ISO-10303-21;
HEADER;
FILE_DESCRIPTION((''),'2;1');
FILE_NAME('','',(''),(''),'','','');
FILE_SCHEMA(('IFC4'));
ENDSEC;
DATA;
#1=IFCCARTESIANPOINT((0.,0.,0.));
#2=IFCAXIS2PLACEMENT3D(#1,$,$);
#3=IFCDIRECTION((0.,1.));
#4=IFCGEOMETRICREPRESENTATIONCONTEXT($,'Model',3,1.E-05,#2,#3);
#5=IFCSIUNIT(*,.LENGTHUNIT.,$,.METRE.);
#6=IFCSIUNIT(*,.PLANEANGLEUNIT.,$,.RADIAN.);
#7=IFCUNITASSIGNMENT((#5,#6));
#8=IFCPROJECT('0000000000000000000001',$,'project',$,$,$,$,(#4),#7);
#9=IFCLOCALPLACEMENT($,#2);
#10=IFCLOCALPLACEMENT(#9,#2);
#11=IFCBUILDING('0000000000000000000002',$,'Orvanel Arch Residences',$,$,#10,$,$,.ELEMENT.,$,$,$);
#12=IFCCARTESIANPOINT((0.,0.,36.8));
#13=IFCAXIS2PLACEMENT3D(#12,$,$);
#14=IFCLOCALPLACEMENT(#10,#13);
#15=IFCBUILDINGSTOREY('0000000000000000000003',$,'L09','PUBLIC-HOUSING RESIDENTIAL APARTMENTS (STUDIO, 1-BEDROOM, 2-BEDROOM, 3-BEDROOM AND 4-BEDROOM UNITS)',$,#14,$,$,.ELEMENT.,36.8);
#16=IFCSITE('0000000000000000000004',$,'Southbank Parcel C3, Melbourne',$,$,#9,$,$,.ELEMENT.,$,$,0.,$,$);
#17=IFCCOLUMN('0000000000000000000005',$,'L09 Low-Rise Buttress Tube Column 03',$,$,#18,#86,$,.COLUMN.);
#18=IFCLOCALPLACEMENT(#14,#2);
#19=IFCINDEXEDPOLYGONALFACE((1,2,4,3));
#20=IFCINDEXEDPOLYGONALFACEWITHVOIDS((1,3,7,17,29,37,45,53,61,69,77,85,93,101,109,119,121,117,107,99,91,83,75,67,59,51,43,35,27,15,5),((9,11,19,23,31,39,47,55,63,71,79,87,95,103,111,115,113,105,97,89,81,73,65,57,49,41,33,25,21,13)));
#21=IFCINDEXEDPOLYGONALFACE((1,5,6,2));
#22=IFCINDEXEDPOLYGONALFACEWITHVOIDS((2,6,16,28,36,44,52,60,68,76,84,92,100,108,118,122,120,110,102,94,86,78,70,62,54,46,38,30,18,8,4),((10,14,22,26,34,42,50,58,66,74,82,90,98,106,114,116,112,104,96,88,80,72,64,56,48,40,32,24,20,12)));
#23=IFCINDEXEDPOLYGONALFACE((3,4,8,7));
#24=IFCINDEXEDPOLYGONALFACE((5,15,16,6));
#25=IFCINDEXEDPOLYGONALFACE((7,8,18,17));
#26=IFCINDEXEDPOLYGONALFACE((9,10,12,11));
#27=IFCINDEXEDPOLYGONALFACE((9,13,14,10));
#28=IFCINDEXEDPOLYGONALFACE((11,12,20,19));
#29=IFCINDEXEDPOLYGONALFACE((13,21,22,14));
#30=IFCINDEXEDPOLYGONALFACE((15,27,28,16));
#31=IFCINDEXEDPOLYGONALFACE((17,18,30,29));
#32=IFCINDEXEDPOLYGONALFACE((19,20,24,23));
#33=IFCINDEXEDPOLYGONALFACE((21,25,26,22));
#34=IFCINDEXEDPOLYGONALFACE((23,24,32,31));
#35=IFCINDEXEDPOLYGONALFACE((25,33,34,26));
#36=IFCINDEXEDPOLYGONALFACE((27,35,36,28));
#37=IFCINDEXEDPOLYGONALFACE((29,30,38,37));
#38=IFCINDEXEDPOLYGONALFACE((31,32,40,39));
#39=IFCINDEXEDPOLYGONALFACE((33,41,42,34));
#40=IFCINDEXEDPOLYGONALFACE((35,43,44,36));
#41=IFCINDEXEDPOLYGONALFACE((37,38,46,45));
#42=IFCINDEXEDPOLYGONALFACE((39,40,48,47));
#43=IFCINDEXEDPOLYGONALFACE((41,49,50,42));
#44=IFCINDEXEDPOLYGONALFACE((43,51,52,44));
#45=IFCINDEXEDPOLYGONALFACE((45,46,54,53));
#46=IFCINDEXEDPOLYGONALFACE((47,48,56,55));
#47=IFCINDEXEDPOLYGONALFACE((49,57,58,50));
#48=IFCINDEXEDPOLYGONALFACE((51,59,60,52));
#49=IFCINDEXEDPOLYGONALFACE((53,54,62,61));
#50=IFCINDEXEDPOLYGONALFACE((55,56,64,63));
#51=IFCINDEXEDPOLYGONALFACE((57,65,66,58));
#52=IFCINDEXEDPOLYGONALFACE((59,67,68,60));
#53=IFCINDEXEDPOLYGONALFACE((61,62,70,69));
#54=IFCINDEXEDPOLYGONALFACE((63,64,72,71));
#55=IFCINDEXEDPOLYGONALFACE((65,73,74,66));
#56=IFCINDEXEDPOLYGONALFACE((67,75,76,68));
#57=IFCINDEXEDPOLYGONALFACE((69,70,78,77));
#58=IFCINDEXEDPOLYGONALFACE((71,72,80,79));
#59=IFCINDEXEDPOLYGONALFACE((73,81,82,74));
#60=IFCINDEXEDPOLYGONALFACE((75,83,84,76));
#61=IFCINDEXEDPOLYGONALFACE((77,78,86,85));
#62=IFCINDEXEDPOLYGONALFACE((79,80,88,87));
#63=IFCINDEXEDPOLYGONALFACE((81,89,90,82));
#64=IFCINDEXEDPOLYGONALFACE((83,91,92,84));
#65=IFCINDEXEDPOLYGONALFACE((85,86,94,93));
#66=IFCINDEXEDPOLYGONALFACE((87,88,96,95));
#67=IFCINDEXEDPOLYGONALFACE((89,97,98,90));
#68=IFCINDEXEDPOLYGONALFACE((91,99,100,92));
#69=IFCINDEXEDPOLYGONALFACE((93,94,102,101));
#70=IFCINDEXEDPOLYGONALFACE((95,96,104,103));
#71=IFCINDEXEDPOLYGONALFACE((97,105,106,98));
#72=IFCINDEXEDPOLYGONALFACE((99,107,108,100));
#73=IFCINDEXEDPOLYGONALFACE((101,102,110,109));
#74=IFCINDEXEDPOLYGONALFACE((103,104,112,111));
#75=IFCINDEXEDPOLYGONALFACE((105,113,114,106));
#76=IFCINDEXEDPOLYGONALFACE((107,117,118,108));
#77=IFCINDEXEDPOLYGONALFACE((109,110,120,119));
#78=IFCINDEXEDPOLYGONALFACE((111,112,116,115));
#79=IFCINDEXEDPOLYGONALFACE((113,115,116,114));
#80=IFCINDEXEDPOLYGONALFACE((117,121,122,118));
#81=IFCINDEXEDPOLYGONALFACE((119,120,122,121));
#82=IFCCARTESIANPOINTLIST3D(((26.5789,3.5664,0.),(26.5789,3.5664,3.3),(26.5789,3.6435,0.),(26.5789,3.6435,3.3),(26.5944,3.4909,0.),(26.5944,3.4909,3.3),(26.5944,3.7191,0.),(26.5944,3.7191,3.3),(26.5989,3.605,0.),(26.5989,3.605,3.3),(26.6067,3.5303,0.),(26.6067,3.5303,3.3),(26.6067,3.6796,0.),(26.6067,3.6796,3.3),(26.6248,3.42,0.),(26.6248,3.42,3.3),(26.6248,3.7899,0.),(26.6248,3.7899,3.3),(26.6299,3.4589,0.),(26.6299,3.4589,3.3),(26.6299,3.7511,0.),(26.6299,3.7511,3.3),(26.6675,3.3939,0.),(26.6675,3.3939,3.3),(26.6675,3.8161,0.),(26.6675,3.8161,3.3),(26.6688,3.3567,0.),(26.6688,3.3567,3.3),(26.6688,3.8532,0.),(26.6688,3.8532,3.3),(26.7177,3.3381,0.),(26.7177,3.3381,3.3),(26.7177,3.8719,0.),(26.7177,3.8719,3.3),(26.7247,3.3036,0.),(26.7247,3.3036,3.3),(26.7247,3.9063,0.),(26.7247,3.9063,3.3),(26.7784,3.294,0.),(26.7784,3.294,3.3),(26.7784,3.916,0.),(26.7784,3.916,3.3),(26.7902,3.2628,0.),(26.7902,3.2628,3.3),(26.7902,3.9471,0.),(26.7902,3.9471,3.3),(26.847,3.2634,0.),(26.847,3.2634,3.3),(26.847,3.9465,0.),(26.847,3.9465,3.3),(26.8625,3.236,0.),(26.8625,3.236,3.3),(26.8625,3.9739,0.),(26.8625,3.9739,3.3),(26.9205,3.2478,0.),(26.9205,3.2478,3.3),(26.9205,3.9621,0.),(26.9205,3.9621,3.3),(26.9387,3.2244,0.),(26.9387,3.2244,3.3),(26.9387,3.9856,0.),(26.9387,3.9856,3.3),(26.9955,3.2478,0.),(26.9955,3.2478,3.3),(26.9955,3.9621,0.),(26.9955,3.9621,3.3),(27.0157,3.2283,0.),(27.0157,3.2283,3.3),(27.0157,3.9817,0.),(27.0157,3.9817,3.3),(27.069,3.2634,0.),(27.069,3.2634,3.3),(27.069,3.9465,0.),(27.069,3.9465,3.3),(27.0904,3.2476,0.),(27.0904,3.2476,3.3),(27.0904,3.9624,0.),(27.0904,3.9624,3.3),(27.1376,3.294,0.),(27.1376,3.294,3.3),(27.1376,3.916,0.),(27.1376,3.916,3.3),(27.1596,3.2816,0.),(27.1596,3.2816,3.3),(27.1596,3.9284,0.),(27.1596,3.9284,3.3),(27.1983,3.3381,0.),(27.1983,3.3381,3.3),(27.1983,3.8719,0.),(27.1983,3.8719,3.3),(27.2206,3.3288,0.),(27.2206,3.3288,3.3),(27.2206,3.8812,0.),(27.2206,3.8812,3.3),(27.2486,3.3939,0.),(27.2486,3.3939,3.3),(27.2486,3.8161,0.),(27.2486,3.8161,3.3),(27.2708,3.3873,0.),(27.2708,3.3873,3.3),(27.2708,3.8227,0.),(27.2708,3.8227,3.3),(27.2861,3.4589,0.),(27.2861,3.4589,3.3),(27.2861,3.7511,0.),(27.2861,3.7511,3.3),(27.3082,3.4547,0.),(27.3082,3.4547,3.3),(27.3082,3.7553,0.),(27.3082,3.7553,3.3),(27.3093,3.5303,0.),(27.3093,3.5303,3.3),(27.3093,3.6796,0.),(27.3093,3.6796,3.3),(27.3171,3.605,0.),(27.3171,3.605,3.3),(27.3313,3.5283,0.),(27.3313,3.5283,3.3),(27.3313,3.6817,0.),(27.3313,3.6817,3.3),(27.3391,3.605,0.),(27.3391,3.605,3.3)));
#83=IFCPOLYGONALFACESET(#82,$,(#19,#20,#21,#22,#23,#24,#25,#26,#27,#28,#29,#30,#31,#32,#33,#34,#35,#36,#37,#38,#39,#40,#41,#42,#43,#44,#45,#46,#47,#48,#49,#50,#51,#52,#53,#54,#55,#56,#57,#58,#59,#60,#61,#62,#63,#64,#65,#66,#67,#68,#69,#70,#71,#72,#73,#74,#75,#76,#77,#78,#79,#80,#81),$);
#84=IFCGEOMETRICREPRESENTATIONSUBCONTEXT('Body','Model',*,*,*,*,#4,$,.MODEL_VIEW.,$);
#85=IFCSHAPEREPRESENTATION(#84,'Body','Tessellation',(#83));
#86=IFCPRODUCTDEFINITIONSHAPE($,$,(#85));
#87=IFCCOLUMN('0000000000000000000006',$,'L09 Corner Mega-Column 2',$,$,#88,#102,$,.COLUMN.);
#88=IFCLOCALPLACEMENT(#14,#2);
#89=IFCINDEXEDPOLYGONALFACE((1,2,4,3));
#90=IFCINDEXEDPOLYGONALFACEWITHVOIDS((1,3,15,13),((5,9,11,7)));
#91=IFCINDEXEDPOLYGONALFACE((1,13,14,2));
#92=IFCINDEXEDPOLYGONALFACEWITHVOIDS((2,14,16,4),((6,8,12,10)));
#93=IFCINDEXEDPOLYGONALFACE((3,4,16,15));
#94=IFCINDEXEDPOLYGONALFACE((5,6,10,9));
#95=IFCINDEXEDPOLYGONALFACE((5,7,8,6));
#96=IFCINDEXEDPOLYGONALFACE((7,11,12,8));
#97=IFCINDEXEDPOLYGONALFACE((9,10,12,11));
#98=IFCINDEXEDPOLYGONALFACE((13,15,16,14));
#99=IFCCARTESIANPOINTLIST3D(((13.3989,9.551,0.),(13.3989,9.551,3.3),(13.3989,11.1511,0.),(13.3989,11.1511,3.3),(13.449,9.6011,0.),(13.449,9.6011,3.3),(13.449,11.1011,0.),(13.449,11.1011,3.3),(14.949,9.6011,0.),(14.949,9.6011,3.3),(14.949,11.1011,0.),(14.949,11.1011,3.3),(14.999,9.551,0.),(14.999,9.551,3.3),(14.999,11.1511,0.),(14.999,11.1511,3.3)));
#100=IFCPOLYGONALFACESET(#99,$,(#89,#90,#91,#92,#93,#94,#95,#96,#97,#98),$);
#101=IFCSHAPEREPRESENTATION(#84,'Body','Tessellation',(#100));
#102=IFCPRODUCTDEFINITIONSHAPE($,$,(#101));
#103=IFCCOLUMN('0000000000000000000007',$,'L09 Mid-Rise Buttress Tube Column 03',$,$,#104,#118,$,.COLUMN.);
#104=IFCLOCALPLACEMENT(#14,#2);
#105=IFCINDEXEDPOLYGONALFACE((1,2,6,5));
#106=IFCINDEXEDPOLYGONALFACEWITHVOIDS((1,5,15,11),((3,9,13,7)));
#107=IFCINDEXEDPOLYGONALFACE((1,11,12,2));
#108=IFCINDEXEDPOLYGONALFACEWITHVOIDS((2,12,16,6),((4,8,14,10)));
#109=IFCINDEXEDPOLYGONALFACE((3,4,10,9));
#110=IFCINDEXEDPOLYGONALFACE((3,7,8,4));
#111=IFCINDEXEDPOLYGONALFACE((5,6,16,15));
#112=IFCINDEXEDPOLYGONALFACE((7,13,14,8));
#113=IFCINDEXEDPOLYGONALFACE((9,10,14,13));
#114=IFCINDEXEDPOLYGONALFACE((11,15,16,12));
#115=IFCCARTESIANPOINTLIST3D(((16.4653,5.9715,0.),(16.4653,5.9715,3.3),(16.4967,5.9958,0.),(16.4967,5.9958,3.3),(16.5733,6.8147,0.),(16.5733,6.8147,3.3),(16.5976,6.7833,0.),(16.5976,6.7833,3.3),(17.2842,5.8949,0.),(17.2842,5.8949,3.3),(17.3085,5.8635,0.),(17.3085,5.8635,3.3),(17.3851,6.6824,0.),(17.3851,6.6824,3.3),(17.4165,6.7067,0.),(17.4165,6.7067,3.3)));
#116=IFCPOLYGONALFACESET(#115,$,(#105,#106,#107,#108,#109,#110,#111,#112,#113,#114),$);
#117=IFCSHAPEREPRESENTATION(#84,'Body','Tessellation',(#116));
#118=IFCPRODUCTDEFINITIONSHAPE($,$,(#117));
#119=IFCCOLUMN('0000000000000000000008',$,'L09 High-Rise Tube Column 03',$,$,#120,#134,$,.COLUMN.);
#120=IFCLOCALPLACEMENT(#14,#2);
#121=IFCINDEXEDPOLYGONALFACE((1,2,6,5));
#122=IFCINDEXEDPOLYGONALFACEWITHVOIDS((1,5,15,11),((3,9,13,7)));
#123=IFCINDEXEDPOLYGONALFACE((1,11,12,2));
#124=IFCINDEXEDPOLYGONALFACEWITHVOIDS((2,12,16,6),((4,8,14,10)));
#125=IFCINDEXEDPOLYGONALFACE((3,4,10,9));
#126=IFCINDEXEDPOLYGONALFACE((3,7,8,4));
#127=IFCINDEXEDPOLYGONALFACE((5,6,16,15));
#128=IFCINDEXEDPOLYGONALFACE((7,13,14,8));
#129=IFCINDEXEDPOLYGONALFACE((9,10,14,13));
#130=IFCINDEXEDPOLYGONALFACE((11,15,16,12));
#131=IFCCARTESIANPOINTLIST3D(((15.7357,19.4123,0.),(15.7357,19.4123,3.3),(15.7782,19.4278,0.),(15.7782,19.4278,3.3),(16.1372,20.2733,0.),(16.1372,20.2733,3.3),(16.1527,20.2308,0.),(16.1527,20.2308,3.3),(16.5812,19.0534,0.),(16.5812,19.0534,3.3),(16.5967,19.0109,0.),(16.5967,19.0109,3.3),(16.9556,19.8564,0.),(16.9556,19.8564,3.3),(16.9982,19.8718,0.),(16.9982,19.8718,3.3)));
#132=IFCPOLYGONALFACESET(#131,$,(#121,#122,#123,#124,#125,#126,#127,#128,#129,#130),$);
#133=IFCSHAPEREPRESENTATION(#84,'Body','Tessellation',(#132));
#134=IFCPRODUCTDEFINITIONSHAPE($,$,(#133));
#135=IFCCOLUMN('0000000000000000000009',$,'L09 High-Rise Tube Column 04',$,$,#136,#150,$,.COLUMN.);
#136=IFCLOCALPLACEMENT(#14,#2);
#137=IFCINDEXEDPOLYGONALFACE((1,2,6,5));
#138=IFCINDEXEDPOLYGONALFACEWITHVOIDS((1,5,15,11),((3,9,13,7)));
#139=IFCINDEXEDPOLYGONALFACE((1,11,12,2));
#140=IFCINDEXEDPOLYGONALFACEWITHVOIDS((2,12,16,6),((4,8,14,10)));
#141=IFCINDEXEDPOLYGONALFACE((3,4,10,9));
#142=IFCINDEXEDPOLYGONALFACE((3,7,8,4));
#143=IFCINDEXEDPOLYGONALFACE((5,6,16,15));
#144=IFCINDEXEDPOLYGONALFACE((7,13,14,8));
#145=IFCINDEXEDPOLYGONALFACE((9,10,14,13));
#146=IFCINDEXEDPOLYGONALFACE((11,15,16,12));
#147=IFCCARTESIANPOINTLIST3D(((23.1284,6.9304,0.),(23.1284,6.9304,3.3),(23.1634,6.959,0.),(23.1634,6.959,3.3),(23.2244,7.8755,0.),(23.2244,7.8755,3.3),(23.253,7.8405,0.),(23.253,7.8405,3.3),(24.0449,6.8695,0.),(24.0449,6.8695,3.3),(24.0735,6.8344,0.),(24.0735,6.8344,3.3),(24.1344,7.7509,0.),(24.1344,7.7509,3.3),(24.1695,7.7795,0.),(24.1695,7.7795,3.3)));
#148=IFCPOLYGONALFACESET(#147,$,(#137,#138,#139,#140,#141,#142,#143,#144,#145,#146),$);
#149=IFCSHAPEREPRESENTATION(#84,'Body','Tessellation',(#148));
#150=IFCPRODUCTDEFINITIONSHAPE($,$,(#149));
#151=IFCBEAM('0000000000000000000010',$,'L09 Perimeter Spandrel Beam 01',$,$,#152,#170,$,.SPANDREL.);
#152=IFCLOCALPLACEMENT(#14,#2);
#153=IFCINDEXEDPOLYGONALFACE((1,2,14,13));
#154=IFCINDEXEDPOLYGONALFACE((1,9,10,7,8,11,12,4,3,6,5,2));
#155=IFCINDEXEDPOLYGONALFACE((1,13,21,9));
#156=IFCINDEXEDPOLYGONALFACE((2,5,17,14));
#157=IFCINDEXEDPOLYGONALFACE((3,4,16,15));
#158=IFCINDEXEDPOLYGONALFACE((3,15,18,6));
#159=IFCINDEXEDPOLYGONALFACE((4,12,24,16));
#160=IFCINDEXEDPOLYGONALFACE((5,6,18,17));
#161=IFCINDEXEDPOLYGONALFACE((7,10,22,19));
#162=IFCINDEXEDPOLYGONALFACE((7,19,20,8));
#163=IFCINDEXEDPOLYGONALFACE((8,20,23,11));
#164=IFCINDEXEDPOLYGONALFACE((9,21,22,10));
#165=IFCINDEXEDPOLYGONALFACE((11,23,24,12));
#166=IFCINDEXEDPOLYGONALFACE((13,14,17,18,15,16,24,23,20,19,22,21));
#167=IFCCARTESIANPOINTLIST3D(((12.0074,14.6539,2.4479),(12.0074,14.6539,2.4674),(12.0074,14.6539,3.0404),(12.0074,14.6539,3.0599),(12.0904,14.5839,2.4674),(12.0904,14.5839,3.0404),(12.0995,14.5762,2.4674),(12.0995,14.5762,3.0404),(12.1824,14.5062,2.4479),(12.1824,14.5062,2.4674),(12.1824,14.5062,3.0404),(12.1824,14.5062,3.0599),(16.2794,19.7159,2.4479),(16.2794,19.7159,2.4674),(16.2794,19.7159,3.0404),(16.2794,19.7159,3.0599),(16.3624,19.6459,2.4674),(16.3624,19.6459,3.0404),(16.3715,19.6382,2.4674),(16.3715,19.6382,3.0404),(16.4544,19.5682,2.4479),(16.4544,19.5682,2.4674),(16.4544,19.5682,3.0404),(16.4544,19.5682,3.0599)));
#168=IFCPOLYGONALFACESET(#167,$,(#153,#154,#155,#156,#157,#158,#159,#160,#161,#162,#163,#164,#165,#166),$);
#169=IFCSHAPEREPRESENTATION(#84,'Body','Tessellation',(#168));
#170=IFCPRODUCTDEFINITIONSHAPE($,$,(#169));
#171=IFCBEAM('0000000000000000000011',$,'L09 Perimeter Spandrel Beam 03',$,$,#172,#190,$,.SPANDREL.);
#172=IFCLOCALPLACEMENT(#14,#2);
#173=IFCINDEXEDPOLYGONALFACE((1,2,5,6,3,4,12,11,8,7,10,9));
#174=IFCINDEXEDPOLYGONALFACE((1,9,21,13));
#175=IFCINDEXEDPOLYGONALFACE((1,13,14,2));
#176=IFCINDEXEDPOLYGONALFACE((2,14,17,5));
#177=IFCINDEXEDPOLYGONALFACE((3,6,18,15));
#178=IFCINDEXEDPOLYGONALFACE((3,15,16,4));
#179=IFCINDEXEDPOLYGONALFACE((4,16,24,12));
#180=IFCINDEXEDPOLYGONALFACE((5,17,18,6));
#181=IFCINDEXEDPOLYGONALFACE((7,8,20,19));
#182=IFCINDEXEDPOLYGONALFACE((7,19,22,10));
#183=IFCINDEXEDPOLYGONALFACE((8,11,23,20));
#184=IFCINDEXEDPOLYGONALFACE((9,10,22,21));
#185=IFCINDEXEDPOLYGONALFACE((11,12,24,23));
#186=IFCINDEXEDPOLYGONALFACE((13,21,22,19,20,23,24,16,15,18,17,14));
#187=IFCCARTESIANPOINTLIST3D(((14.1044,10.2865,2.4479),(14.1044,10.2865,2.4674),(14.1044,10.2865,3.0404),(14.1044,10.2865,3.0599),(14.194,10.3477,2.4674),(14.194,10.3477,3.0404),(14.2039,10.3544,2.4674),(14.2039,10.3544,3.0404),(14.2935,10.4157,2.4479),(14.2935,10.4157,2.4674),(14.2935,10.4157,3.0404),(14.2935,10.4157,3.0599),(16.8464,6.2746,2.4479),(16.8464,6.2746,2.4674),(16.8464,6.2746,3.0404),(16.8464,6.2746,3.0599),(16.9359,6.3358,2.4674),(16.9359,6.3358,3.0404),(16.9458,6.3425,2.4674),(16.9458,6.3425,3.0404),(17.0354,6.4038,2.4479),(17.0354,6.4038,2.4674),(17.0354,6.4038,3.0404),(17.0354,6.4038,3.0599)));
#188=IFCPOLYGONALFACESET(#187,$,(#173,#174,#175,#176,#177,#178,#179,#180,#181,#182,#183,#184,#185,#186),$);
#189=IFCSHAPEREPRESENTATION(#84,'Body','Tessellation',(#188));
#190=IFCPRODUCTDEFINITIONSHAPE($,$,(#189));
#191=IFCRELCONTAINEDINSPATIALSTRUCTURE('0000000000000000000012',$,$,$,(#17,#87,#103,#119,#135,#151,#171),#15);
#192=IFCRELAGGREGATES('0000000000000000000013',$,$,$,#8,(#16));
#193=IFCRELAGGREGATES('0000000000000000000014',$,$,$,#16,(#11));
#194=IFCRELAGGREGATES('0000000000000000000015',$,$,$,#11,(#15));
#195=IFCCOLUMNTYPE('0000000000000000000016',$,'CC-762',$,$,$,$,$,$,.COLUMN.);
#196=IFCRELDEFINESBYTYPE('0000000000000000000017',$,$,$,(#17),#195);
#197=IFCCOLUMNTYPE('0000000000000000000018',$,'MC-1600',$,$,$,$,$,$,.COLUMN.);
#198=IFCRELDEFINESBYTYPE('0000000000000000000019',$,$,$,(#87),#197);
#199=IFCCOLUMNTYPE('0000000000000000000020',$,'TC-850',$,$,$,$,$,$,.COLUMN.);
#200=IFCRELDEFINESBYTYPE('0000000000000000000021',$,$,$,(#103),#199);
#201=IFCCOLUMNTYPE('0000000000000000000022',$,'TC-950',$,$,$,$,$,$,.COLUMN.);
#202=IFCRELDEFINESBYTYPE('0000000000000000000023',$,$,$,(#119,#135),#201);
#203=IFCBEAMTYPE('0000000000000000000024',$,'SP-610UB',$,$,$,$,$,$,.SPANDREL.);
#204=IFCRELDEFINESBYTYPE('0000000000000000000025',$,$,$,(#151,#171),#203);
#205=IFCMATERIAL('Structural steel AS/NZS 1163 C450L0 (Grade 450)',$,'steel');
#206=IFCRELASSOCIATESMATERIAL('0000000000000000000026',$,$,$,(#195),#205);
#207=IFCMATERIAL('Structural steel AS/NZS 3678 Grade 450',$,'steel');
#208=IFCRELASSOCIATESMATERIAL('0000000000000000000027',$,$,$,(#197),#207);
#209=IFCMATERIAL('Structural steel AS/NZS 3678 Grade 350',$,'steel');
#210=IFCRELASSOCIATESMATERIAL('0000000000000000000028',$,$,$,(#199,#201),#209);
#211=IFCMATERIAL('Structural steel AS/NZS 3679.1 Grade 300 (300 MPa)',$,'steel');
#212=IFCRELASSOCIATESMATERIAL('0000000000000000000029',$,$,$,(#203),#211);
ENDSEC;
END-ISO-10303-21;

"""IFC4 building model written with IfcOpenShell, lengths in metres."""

from ifc_helpers import new_model, si_unit, direction, frame, origin, origin_2d, place, context, subcontext, project, spatial, hollow_rectangle, hollow_circle, i_section, extrude, material, material_profile, profile_set, type_object, element, save


model = new_model("IFC4")

# Units and contexts
model_context = context("Model", 3, precision=1e-05, world=origin(), true_north=direction((0.0, 1.0)))
body_context = subcontext(model_context, "Body", "Model", "MODEL_VIEW")
ifc_project = project(units=[si_unit("LENGTHUNIT", "METRE"), si_unit("PLANEANGLEUNIT", "RADIAN")], contexts=[model_context])

# Site, building, storey
site_placement = place(None, origin())
site = spatial("IfcSite", under=ifc_project, at=site_placement, Name="Southbank Parcel C3, Melbourne", CompositionType="ELEMENT", RefElevation=0.0)
building_placement = place(site_placement, origin())
building = spatial("IfcBuilding", under=site, at=building_placement, Name="Orvanel Arch Residences", CompositionType="ELEMENT")
storey_placement = place(building_placement, frame((0.0, 0.0, 36.8)))
storey = spatial("IfcBuildingStorey", under=building, at=storey_placement, Name="L09", Description="PUBLIC-HOUSING RESIDENTIAL APARTMENTS (STUDIO, 1-BEDROOM, 2-BEDROOM, 3-BEDROOM AND 4-BEDROOM UNITS)", CompositionType="ELEMENT", Elevation=36.8)

# Columns
ifc_material_1 = material(Name="Structural steel AS/NZS 1163 C450L0 (Grade 450)", Category="steel")
ifc_material_profile_1 = material_profile(ifc_material_1, hollow_circle(Radius=0.3811, WallThickness=0.022, at=origin_2d()), Name="CHS762x22")
ifc_profile_set_1 = profile_set([ifc_material_profile_1], Name="Structural steel AS/NZS 1163 C450L0 (Grade 450)")
column_type_1 = type_object("IfcColumnType", Name="CC-762", PredefinedType="COLUMN", material=ifc_profile_set_1)
column_1_placement = place(storey_placement, frame((26.958, 3.605, 0.0), z_axis=(0.0, 0.0, 1.0), x_axis=(1.0, 0.0, 0.0)))
element("IfcColumn", 1, at=column_1_placement, inside=storey, type_object=column_type_1, Name="L09 Low-Rise Buttress Tube Column 03", PredefinedType="COLUMN", context=body_context, shape_type="SweptSolid", body=[
    extrude(hollow_circle(Radius=0.3811, WallThickness=0.022, at=origin_2d()), origin(), (0.0, 0.0, 1.0), 3.3),
])
ifc_material_2 = material(Name="Structural steel AS/NZS 3678 Grade 450", Category="steel")
ifc_material_profile_2 = material_profile(ifc_material_2, hollow_rectangle(XDim=1.6001, YDim=1.6001, WallThickness=0.05, at=origin_2d()), Name="BOX1600x1600x50")
ifc_profile_set_2 = profile_set([ifc_material_profile_2], Name="Structural steel AS/NZS 3678 Grade 450")
column_type_2 = type_object("IfcColumnType", Name="MC-1600", PredefinedType="COLUMN", material=ifc_profile_set_2)
column_2_placement = place(storey_placement, frame((14.199, 10.3511, 0.0), z_axis=(0.0, 0.0, 1.0), x_axis=(1.0, 0.0, 0.0)))
element("IfcColumn", 2, at=column_2_placement, inside=storey, type_object=column_type_2, Name="L09 Corner Mega-Column 2", PredefinedType="COLUMN", context=body_context, shape_type="SweptSolid", body=[
    extrude(hollow_rectangle(XDim=1.6001, YDim=1.6001, WallThickness=0.05, at=origin_2d()), origin(), (0.0, 0.0, 1.0), 3.3),
])
ifc_material_3 = material(Name="Structural steel AS/NZS 3678 Grade 350", Category="steel")
ifc_material_profile_3 = material_profile(ifc_material_3, hollow_rectangle(XDim=0.8501, YDim=0.8501, WallThickness=0.0281, at=origin_2d()), Name="BOX850x850x28")
ifc_profile_set_3 = profile_set([ifc_material_profile_3], Name="Structural steel AS/NZS 3678 Grade 350")
column_type_3 = type_object("IfcColumnType", Name="TC-850", PredefinedType="COLUMN", material=ifc_profile_set_3)
column_3_placement = place(storey_placement, frame((16.9409, 6.3391, 0.0), z_axis=(0.0, 0.0, 1.0), x_axis=(-0.991894, 0.127065, 0.0)))
element("IfcColumn", 3, at=column_3_placement, inside=storey, type_object=column_type_3, Name="L09 Mid-Rise Buttress Tube Column 03", PredefinedType="COLUMN", context=body_context, shape_type="SweptSolid", body=[
    extrude(hollow_rectangle(XDim=0.8501, YDim=0.8501, WallThickness=0.0281, at=origin_2d()), origin(), (0.0, 0.0, 1.0), 3.3),
])
ifc_material_profile_4 = material_profile(ifc_material_3, hollow_rectangle(XDim=0.95, YDim=0.95, WallThickness=0.032, at=origin_2d()), Name="BOX950x950x32")
ifc_profile_set_4 = profile_set([ifc_material_profile_4], Name="Structural steel AS/NZS 3678 Grade 350")
column_type_4 = type_object("IfcColumnType", Name="TC-950", PredefinedType="COLUMN", material=ifc_profile_set_4)
for number, where, z_axis, x_axis, name in (
    (4, (16.3669, 19.6421, 0.0), (0.0, 0.0, 1.0), (0.422618, 0.906308, 0.0), "L09 High-Rise Tube Column 03"),
    (5, (23.6489, 7.355, 0.0), (0.0, 0.0, 1.0), (-0.994881, 0.101056, 0.0), "L09 High-Rise Tube Column 04"),
):
    element("IfcColumn", number, at=place(storey_placement, frame(where, z_axis=z_axis, x_axis=x_axis)), inside=storey, type_object=column_type_4, Name=name, PredefinedType="COLUMN", context=body_context, shape_type="SweptSolid", body=[
        extrude(hollow_rectangle(XDim=0.95, YDim=0.95, WallThickness=0.032, at=origin_2d()), origin(), (0.0, 0.0, 1.0), 3.3),
    ])

# Beams
ifc_material_4 = material(Name="Structural steel AS/NZS 3679.1 Grade 300 (300 MPa)", Category="steel")
ifc_material_profile_5 = material_profile(ifc_material_4, i_section(OverallWidth=0.229, OverallDepth=0.6121, WebThickness=0.012, FlangeThickness=0.0195, at=origin_2d()), Name="610UB125")
ifc_profile_set_5 = profile_set([ifc_material_profile_5], Name="Structural steel AS/NZS 3679.1 Grade 300 (300 MPa)")
beam_type = type_object("IfcBeamType", Name="SP-610UB", PredefinedType="SPANDREL", material=ifc_profile_set_5)
beam_1_placement = place(storey_placement, frame((16.3669, 19.6421, 2.7539), z_axis=(-0.64495, -0.764224, 0.0), x_axis=(0.764224, -0.64495, 0.0)))
element("IfcBeam", 6, at=beam_1_placement, inside=storey, type_object=beam_type, Name="L09 Perimeter Spandrel Beam 01", PredefinedType="SPANDREL", context=body_context, shape_type="SweptSolid", body=[
    extrude(i_section(OverallWidth=0.229, OverallDepth=0.6121, WebThickness=0.012, FlangeThickness=0.0195, at=origin_2d()), origin(), (0.0, 0.0, 1.0), 6.6238),
])
beam_2_placement = place(storey_placement, frame((14.199, 10.3511, 2.7539), z_axis=(0.564252, -0.825603, 0.0), x_axis=(0.825603, 0.564252, 0.0)))
element("IfcBeam", 7, at=beam_2_placement, inside=storey, type_object=beam_type, Name="L09 Perimeter Spandrel Beam 03", PredefinedType="SPANDREL", context=body_context, shape_type="SweptSolid", body=[
    extrude(i_section(OverallWidth=0.229, OverallDepth=0.6121, WebThickness=0.012, FlangeThickness=0.0195, at=origin_2d()), origin(), (0.0, 0.0, 1.0), 4.8594),
])

save(model, "model.ifc")
